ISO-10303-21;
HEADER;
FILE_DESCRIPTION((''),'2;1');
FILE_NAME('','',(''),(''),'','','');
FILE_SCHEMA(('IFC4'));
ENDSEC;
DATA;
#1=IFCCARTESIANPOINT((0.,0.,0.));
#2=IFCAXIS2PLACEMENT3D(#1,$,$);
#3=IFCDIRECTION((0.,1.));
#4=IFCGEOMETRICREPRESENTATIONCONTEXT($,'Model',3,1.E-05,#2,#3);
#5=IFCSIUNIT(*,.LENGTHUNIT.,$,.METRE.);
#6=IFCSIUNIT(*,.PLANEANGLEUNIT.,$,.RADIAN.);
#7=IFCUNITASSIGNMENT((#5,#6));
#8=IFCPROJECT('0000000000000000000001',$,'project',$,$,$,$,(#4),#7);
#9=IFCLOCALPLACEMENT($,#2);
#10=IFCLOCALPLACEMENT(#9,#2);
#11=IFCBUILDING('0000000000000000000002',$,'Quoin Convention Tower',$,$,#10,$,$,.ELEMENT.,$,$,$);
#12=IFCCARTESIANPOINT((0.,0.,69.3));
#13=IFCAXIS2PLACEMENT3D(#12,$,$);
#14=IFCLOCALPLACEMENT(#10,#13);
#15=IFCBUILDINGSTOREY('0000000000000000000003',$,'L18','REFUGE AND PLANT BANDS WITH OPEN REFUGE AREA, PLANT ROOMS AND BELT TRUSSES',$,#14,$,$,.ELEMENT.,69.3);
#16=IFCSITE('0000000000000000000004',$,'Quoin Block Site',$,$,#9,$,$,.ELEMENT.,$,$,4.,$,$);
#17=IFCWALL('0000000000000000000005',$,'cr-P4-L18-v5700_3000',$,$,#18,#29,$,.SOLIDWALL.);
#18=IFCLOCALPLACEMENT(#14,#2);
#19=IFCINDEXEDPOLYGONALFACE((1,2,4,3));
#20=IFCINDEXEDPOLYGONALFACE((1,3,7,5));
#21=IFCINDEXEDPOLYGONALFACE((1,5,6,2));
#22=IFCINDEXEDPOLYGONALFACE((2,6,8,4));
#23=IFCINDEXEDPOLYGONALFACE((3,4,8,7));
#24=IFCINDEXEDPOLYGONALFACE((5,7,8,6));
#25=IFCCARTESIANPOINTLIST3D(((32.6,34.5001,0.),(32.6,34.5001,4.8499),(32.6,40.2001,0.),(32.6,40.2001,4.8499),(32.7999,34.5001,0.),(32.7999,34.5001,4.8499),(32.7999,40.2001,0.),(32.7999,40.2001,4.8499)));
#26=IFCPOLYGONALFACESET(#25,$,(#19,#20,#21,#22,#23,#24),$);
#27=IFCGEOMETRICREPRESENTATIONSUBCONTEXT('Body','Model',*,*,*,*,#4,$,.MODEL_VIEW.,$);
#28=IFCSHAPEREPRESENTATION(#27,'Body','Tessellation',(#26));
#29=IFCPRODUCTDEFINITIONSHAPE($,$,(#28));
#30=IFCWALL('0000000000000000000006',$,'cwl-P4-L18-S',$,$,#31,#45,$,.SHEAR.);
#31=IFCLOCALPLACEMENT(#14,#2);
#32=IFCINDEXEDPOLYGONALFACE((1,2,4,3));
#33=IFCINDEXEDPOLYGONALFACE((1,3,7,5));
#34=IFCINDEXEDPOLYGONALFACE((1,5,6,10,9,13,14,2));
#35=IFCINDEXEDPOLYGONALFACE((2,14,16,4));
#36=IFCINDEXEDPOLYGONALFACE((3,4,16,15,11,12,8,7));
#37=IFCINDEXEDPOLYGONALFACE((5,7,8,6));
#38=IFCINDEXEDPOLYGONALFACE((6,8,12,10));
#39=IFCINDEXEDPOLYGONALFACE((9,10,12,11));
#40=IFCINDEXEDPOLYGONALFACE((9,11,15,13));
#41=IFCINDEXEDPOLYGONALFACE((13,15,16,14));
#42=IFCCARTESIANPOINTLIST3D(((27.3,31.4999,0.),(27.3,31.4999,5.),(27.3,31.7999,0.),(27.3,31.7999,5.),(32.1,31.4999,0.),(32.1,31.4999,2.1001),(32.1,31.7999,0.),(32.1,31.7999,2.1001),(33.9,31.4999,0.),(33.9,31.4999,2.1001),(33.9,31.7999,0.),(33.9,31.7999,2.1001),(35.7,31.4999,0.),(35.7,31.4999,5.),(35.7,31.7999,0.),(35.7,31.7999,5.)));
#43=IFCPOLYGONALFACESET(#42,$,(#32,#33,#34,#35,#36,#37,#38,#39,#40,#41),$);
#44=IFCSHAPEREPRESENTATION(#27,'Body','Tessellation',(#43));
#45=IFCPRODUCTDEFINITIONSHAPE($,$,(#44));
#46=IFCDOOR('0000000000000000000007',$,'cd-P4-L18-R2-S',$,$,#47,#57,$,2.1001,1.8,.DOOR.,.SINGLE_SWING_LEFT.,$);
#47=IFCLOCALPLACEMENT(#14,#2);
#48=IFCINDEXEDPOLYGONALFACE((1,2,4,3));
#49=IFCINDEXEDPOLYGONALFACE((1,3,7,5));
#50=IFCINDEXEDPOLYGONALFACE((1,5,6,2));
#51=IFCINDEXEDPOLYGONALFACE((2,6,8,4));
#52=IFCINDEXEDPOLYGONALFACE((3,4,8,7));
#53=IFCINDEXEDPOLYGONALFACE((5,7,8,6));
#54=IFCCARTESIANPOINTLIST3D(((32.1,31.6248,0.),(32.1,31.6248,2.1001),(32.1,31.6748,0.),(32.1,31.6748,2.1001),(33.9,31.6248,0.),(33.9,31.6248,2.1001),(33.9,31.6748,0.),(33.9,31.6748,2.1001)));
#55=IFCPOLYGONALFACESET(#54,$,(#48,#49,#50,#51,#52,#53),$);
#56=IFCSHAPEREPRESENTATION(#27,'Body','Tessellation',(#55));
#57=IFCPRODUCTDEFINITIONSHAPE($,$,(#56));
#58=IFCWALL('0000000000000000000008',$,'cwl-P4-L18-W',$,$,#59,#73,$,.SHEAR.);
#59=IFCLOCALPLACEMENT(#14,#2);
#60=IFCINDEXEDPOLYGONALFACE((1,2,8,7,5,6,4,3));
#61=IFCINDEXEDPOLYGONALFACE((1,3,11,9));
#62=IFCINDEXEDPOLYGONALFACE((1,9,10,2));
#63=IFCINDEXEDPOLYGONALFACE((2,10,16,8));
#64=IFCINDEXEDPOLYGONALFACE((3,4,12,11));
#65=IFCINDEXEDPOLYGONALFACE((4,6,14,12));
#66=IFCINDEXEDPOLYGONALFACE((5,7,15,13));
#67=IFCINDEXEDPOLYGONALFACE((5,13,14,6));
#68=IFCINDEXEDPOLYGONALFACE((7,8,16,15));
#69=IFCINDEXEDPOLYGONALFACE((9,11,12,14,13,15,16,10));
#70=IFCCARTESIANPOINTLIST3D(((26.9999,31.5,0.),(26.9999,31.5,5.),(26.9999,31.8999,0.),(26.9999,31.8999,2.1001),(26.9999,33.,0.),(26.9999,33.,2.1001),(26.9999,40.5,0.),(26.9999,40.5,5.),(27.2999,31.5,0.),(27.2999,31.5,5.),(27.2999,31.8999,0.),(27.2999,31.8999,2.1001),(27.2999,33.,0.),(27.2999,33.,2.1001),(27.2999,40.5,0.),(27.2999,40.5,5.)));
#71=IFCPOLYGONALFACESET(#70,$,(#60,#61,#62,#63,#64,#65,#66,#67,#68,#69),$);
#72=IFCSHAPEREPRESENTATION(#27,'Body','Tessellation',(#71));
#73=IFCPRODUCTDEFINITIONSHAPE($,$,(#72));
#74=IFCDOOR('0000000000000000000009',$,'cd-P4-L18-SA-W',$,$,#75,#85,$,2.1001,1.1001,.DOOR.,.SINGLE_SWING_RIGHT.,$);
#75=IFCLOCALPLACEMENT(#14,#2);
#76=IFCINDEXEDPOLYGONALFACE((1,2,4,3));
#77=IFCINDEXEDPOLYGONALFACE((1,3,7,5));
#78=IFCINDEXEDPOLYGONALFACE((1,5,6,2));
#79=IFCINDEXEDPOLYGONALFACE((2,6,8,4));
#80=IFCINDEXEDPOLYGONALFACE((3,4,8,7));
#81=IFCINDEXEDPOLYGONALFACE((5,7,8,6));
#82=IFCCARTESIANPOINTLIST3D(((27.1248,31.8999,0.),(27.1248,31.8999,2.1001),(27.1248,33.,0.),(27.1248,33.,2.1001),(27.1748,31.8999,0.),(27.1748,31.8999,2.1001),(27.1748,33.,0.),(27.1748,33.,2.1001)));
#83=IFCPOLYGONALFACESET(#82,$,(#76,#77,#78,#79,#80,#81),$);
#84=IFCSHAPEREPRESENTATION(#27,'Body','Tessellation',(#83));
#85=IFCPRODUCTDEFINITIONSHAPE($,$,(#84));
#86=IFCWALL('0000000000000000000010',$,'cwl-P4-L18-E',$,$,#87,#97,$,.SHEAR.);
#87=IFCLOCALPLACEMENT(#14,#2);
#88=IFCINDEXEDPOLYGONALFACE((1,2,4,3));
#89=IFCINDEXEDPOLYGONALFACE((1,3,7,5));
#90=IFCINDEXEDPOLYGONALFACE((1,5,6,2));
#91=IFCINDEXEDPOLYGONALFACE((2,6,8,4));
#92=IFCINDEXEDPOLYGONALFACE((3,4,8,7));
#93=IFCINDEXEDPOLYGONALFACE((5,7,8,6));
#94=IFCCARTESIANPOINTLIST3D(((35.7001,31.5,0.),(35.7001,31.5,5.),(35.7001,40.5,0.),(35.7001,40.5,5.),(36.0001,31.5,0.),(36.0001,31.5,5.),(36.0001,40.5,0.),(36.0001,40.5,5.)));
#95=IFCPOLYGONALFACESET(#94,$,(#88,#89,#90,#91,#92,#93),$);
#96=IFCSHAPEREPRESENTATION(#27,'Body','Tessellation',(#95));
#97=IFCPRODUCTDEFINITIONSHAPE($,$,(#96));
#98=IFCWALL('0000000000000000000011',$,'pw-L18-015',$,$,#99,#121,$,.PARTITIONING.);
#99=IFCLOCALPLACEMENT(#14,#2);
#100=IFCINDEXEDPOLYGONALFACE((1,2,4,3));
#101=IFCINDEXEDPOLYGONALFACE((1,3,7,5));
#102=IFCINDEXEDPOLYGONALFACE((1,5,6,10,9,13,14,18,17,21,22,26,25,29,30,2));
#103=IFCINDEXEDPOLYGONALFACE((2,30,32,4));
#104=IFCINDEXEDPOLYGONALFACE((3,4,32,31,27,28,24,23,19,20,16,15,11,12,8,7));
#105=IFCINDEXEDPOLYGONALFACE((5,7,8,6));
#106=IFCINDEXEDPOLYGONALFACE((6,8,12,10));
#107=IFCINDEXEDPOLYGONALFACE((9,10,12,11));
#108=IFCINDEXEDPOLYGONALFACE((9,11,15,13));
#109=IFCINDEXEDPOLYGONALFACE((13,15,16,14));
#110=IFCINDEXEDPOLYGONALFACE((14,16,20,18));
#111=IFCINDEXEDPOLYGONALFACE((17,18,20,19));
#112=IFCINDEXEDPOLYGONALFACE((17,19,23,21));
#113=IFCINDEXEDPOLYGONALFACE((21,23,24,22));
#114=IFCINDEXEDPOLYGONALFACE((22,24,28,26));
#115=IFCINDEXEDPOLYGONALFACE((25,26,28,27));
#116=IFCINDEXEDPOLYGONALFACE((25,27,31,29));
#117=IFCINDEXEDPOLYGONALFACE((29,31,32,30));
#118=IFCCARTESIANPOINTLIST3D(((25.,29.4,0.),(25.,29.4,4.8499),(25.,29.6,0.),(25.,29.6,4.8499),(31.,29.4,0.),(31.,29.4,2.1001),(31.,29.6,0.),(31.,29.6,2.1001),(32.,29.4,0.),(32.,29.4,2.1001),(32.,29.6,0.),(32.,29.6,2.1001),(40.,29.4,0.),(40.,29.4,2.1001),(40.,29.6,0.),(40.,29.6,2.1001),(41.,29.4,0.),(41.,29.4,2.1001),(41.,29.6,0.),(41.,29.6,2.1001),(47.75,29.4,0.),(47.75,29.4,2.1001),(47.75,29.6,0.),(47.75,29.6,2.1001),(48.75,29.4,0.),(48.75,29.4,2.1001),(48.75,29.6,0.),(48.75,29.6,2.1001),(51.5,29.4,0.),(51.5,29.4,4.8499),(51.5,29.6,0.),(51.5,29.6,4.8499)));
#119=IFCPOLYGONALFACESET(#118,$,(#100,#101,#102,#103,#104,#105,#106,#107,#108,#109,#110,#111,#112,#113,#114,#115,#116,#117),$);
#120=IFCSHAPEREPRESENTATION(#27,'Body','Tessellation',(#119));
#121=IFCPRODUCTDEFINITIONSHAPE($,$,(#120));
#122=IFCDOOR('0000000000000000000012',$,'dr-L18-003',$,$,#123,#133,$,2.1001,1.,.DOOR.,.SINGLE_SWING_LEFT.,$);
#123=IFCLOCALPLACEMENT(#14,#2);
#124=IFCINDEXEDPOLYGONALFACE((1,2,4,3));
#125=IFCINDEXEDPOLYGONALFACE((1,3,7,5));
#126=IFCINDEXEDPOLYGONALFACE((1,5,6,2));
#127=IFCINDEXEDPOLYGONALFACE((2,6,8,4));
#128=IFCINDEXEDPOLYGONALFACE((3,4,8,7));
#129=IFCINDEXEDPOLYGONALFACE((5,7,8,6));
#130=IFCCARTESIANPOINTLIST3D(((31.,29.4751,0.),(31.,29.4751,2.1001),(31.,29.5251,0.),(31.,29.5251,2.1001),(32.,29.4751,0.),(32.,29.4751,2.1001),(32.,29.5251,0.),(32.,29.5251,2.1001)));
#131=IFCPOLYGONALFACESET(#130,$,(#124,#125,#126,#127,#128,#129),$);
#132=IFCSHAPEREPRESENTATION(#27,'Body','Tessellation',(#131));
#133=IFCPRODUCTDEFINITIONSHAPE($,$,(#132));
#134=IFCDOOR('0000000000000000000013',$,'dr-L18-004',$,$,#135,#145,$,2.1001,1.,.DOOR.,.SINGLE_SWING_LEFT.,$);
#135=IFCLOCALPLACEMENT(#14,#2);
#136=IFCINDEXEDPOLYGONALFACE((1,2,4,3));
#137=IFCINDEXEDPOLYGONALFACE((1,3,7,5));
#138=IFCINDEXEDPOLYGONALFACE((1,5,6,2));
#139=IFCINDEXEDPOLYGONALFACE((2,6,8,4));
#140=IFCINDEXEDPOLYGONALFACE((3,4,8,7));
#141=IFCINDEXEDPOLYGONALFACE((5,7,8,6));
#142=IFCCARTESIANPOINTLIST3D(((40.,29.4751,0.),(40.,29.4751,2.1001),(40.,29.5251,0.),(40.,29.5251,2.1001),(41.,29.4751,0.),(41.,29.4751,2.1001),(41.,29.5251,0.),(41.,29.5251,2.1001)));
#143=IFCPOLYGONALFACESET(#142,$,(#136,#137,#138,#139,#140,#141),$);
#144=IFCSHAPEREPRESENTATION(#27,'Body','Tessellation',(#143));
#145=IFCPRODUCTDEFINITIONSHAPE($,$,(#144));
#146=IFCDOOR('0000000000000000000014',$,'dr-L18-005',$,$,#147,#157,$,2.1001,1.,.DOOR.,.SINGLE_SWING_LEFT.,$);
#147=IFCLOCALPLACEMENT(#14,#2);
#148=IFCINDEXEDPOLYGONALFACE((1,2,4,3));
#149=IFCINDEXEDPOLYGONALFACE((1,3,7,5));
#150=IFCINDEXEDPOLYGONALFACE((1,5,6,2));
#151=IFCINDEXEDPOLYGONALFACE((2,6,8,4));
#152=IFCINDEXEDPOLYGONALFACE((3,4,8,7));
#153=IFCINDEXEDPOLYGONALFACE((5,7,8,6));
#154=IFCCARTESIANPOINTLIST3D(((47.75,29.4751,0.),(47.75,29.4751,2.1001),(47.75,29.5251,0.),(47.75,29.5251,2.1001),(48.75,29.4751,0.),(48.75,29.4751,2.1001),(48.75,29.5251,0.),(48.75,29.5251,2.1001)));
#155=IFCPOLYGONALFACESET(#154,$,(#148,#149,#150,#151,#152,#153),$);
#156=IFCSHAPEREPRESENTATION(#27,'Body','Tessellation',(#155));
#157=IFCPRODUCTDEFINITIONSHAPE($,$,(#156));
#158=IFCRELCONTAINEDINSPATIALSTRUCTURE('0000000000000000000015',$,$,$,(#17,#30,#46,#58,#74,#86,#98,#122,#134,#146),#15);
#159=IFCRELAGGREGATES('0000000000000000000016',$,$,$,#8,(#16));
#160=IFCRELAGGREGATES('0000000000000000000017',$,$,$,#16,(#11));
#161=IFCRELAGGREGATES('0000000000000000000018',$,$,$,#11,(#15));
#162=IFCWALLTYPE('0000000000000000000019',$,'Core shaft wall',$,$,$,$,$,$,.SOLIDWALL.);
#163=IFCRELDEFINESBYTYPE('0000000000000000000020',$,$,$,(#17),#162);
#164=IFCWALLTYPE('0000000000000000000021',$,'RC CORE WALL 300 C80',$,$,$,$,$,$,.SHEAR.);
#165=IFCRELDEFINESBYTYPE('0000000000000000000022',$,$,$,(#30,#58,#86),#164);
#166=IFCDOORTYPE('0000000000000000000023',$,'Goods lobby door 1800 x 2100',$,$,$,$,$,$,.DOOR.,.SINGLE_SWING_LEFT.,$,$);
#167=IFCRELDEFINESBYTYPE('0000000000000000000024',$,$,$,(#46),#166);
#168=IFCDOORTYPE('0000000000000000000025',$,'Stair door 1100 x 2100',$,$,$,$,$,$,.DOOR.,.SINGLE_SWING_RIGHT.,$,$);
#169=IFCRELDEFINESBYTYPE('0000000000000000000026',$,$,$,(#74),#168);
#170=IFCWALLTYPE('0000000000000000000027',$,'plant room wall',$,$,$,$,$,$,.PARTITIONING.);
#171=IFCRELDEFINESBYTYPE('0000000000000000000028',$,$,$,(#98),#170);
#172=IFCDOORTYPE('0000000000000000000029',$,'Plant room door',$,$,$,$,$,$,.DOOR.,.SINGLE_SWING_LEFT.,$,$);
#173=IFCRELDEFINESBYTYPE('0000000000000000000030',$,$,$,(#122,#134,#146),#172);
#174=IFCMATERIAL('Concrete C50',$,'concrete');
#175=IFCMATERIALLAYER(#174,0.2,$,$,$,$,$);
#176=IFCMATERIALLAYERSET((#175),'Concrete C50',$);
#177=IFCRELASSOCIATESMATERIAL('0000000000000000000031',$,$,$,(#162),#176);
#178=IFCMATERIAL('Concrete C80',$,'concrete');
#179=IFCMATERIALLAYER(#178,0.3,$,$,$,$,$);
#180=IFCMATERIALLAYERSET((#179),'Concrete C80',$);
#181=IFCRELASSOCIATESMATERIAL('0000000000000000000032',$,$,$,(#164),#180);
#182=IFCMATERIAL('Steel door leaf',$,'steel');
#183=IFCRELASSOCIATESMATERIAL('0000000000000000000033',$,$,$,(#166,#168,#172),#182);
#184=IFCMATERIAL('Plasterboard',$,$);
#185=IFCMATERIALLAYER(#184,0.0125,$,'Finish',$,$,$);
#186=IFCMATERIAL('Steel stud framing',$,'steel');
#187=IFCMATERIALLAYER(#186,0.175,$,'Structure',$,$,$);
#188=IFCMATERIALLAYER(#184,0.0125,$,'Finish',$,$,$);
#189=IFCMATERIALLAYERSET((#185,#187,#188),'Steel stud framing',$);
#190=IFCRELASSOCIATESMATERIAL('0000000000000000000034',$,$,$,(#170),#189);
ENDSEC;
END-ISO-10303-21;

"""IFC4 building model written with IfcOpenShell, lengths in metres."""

from ifc_helpers import new_model, si_unit, direction, frame, frame_2d, origin, place, context, subcontext, project, spatial, rectangle, extrude, material, layer, layer_set, type_object, element, fill, save


model = new_model("IFC4")

# Units and contexts
model_context = context("Model", 3, precision=1e-05, world=origin(), true_north=direction((0.0, 1.0)))
body_context = subcontext(model_context, "Body", "Model", "MODEL_VIEW")
ifc_project = project(units=[si_unit("LENGTHUNIT", "METRE"), si_unit("PLANEANGLEUNIT", "RADIAN")], contexts=[model_context])

# Site, building, storey
site_placement = place(None, origin())
site = spatial("IfcSite", under=ifc_project, at=site_placement, Name="Quoin Block Site", CompositionType="ELEMENT", RefElevation=4.0)
building_placement = place(site_placement, origin())
building = spatial("IfcBuilding", under=site, at=building_placement, Name="Quoin Convention Tower", CompositionType="ELEMENT")
storey_placement = place(building_placement, frame((0.0, 0.0, 69.3)))
storey = spatial("IfcBuildingStorey", under=building, at=storey_placement, Name="L18", Description="REFUGE AND PLANT BANDS WITH OPEN REFUGE AREA, PLANT ROOMS AND BELT TRUSSES", CompositionType="ELEMENT", Elevation=69.3)

# Shared definitions
ifc_material_1 = material(Name="Concrete C80", Category="concrete")

# Shared definitions
ifc_material_2 = material(Name="Concrete C50", Category="concrete")
ifc_layer_1 = layer(ifc_material_2, 0.2)
ifc_layer_set_1 = layer_set([ifc_layer_1], Name="Concrete C50")
wall_type_1 = type_object("IfcWallType", Name="Core shaft wall", PredefinedType="SOLIDWALL", material=ifc_layer_set_1)
ifc_material_3 = material(Name="Steel door leaf", Category="steel")

# Wall
for number, where, z_axis, x_axis, name in (
    (1, (32.7, 34.5, 0.0), (0.0, 0.0, 1.0), (0.0, 1.0, 0.0), "cr-P4-L18-v5700_3000"),
):
    element("IfcWall", number, at=place(storey_placement, frame(where, z_axis=z_axis, x_axis=x_axis)), inside=storey, type_object=wall_type_1, Name=name, PredefinedType="SOLIDWALL", context=body_context, shape_type="SweptSolid", body=[
        extrude(rectangle(XDim=5.7, YDim=0.2, at=frame_2d((2.8501, 0.0))), origin(), (0.0, 0.0, 1.0), 4.8499),
    ])

# Walls, openings, doors
ifc_layer_2 = layer(ifc_material_1, 0.3)
ifc_layer_set_2 = layer_set([ifc_layer_2], Name="Concrete C80")
wall_type_2 = type_object("IfcWallType", Name="RC CORE WALL 300 C80", PredefinedType="SHEAR", material=ifc_layer_set_2)
wall_1_placement = place(storey_placement, frame((27.3, 31.6499, 0.0), z_axis=(0.0, 0.0, 1.0), x_axis=(1.0, 0.0, 0.0)))
wall_1 = element("IfcWall", 2, at=wall_1_placement, inside=storey, type_object=wall_type_2, Name="cwl-P4-L18-S", PredefinedType="SHEAR", context=body_context, shape_type="SweptSolid", body=[
    extrude(rectangle(XDim=8.3999, YDim=0.3, at=frame_2d((4.2, 0.0))), origin(), (0.0, 0.0, 1.0), 5.0),
])
opening_1_placement = place(wall_1_placement, frame((4.8, 0.0, 0.0)))
opening_1 = element("IfcOpeningElement", 3, at=opening_1_placement, cuts=wall_1, PredefinedType="OPENING", context=body_context, shape_type="SweptSolid", body=[
    extrude(rectangle(XDim=1.8, YDim=2.1001, at=frame_2d((0.8999, 1.05))), frame((0.0, 0.1599, 0.0), z_axis=(0.0, -1.0, 0.0), x_axis=(1.0, 0.0, 0.0)), (0.0, 0.0, 1.0), 0.3201),
])
door_type_1 = type_object("IfcDoorType", Name="Goods lobby door 1800 x 2100", OperationType="SINGLE_SWING_LEFT", PredefinedType="DOOR", material=ifc_material_3)
door_1_placement = place(opening_1_placement, origin())
door_1 = element("IfcDoor", 4, at=door_1_placement, inside=storey, type_object=door_type_1, Name="cd-P4-L18-R2-S", OperationType="SINGLE_SWING_LEFT", OverallHeight=2.1001, OverallWidth=1.8, PredefinedType="DOOR", context=body_context, shape_type="SweptSolid", body=[
    extrude(rectangle(XDim=1.8, YDim=2.1001, at=frame_2d((0.8999, 1.05))), frame((0.0, 0.0249, 0.0), z_axis=(0.0, -1.0, 0.0), x_axis=(1.0, 0.0, 0.0)), (0.0, 0.0, 1.0), 0.05),
])
fill(opening_1, door_1)
wall_2_placement = place(storey_placement, frame((27.1499, 31.5, 0.0), z_axis=(0.0, 0.0, 1.0), x_axis=(0.0, 1.0, 0.0)))
wall_2 = element("IfcWall", 5, at=wall_2_placement, inside=storey, type_object=wall_type_2, Name="cwl-P4-L18-W", PredefinedType="SHEAR", context=body_context, shape_type="SweptSolid", body=[
    extrude(rectangle(XDim=9.0, YDim=0.3, at=frame_2d((4.5, 0.0))), origin(), (0.0, 0.0, 1.0), 5.0),
])
opening_2_placement = place(wall_2_placement, frame((0.3999, 0.0, 0.0)))
opening_2 = element("IfcOpeningElement", 6, at=opening_2_placement, cuts=wall_2, PredefinedType="OPENING", context=body_context, shape_type="SweptSolid", body=[
    extrude(rectangle(XDim=1.1001, YDim=2.1001, at=frame_2d((0.55, 1.05))), frame((0.0, 0.1599, 0.0), z_axis=(0.0, -1.0, 0.0), x_axis=(1.0, 0.0, 0.0)), (0.0, 0.0, 1.0), 0.3201),
])
door_type_2 = type_object("IfcDoorType", Name="Stair door 1100 x 2100", OperationType="SINGLE_SWING_RIGHT", PredefinedType="DOOR", material=ifc_material_3)
door_2_placement = place(opening_2_placement, frame((1.1001, 0.0, 0.0), z_axis=(0.0, 0.0, 1.0), x_axis=(-1.0, 0.0, 0.0)))
door_2 = element("IfcDoor", 7, at=door_2_placement, inside=storey, type_object=door_type_2, Name="cd-P4-L18-SA-W", OperationType="SINGLE_SWING_RIGHT", OverallHeight=2.1001, OverallWidth=1.1001, PredefinedType="DOOR", context=body_context, shape_type="SweptSolid", body=[
    extrude(rectangle(XDim=1.1001, YDim=2.1001, at=frame_2d((0.55, 1.05))), frame((0.0, 0.0249, 0.0), z_axis=(0.0, -1.0, 0.0), x_axis=(1.0, 0.0, 0.0)), (0.0, 0.0, 1.0), 0.05),
])
fill(opening_2, door_2)

# Wall
wall_3_placement = place(storey_placement, frame((35.8501, 31.5, 0.0), z_axis=(0.0, 0.0, 1.0), x_axis=(0.0, 1.0, 0.0)))
element("IfcWall", 8, at=wall_3_placement, inside=storey, type_object=wall_type_2, Name="cwl-P4-L18-E", PredefinedType="SHEAR", context=body_context, shape_type="SweptSolid", body=[
    extrude(rectangle(XDim=9.0, YDim=0.3, at=frame_2d((4.5, 0.0))), origin(), (0.0, 0.0, 1.0), 5.0),
])

# Wall, openings, doors
ifc_material_4 = material(Name="Plasterboard")
ifc_layer_3 = layer(ifc_material_4, 0.0125, Name="Finish")
ifc_material_5 = material(Name="Steel stud framing", Category="steel")
ifc_layer_4 = layer(ifc_material_5, 0.175, Name="Structure")
ifc_layer_5 = layer(ifc_material_4, 0.0125, Name="Finish")
ifc_layer_set_3 = layer_set([ifc_layer_3, ifc_layer_4, ifc_layer_5], Name="Steel stud framing")
wall_type_3 = type_object("IfcWallType", Name="plant room wall", PredefinedType="PARTITIONING", material=ifc_layer_set_3)
wall_4_placement = place(storey_placement, frame((25.0, 29.5, 0.0), z_axis=(0.0, 0.0, 1.0), x_axis=(1.0, 0.0, 0.0)))
wall_4 = element("IfcWall", 9, at=wall_4_placement, inside=storey, type_object=wall_type_3, Name="pw-L18-015", PredefinedType="PARTITIONING", context=body_context, shape_type="SweptSolid", body=[
    extrude(rectangle(XDim=26.5, YDim=0.2, at=frame_2d((13.25, 0.0))), origin(), (0.0, 0.0, 1.0), 4.8499),
])
opening_3_placement = place(wall_4_placement, frame((6.0, 0.0, 0.0)))
opening_3 = element("IfcOpeningElement", 10, at=opening_3_placement, cuts=wall_4, PredefinedType="OPENING", context=body_context, shape_type="SweptSolid", body=[
    extrude(rectangle(XDim=1.0, YDim=2.1001, at=frame_2d((0.5, 1.05))), frame((0.0, 0.1099, 0.0), z_axis=(0.0, -1.0, 0.0), x_axis=(1.0, 0.0, 0.0)), (0.0, 0.0, 1.0), 0.22),
])
opening_4_placement = place(wall_4_placement, frame((15.0, 0.0, 0.0)))
opening_4 = element("IfcOpeningElement", 11, at=opening_4_placement, cuts=wall_4, PredefinedType="OPENING", context=body_context, shape_type="SweptSolid", body=[
    extrude(rectangle(XDim=1.0, YDim=2.1001, at=frame_2d((0.5, 1.05))), frame((0.0, 0.1099, 0.0), z_axis=(0.0, -1.0, 0.0), x_axis=(1.0, 0.0, 0.0)), (0.0, 0.0, 1.0), 0.22),
])
opening_5_placement = place(wall_4_placement, frame((22.75, 0.0, 0.0)))
opening_5 = element("IfcOpeningElement", 12, at=opening_5_placement, cuts=wall_4, PredefinedType="OPENING", context=body_context, shape_type="SweptSolid", body=[
    extrude(rectangle(XDim=1.0, YDim=2.1001, at=frame_2d((0.5, 1.05))), frame((0.0, 0.1099, 0.0), z_axis=(0.0, -1.0, 0.0), x_axis=(1.0, 0.0, 0.0)), (0.0, 0.0, 1.0), 0.22),
])
door_type_3 = type_object("IfcDoorType", Name="Plant room door", OperationType="SINGLE_SWING_LEFT", PredefinedType="DOOR", material=ifc_material_3)
door_3_placement = place(opening_3_placement, frame((1.0, 0.0, 0.0), z_axis=(0.0, 0.0, 1.0), x_axis=(-1.0, 0.0, 0.0)))
door_3 = element("IfcDoor", 13, at=door_3_placement, inside=storey, type_object=door_type_3, Name="dr-L18-003", OperationType="SINGLE_SWING_LEFT", OverallHeight=2.1001, OverallWidth=1.0, PredefinedType="DOOR", context=body_context, shape_type="SweptSolid", body=[
    extrude(rectangle(XDim=1.0, YDim=2.1001, at=frame_2d((0.5, 1.05))), frame((0.0, 0.0249, 0.0), z_axis=(0.0, -1.0, 0.0), x_axis=(1.0, 0.0, 0.0)), (0.0, 0.0, 1.0), 0.05),
])
fill(opening_3, door_3)
door_4_placement = place(opening_4_placement, frame((1.0, 0.0, 0.0), z_axis=(0.0, 0.0, 1.0), x_axis=(-1.0, 0.0, 0.0)))
door_4 = element("IfcDoor", 14, at=door_4_placement, inside=storey, type_object=door_type_3, Name="dr-L18-004", OperationType="SINGLE_SWING_LEFT", OverallHeight=2.1001, OverallWidth=1.0, PredefinedType="DOOR", context=body_context, shape_type="SweptSolid", body=[
    extrude(rectangle(XDim=1.0, YDim=2.1001, at=frame_2d((0.5, 1.05))), frame((0.0, 0.0249, 0.0), z_axis=(0.0, -1.0, 0.0), x_axis=(1.0, 0.0, 0.0)), (0.0, 0.0, 1.0), 0.05),
])
fill(opening_4, door_4)
door_5_placement = place(opening_5_placement, frame((1.0, 0.0, 0.0), z_axis=(0.0, 0.0, 1.0), x_axis=(-1.0, 0.0, 0.0)))
door_5 = element("IfcDoor", 15, at=door_5_placement, inside=storey, type_object=door_type_3, Name="dr-L18-005", OperationType="SINGLE_SWING_LEFT", OverallHeight=2.1001, OverallWidth=1.0, PredefinedType="DOOR", context=body_context, shape_type="SweptSolid", body=[
    extrude(rectangle(XDim=1.0, YDim=2.1001, at=frame_2d((0.5, 1.05))), frame((0.0, 0.0249, 0.0), z_axis=(0.0, -1.0, 0.0), x_axis=(1.0, 0.0, 0.0)), (0.0, 0.0, 1.0), 0.05),
])
fill(opening_5, door_5)

save(model, "model.ifc")
